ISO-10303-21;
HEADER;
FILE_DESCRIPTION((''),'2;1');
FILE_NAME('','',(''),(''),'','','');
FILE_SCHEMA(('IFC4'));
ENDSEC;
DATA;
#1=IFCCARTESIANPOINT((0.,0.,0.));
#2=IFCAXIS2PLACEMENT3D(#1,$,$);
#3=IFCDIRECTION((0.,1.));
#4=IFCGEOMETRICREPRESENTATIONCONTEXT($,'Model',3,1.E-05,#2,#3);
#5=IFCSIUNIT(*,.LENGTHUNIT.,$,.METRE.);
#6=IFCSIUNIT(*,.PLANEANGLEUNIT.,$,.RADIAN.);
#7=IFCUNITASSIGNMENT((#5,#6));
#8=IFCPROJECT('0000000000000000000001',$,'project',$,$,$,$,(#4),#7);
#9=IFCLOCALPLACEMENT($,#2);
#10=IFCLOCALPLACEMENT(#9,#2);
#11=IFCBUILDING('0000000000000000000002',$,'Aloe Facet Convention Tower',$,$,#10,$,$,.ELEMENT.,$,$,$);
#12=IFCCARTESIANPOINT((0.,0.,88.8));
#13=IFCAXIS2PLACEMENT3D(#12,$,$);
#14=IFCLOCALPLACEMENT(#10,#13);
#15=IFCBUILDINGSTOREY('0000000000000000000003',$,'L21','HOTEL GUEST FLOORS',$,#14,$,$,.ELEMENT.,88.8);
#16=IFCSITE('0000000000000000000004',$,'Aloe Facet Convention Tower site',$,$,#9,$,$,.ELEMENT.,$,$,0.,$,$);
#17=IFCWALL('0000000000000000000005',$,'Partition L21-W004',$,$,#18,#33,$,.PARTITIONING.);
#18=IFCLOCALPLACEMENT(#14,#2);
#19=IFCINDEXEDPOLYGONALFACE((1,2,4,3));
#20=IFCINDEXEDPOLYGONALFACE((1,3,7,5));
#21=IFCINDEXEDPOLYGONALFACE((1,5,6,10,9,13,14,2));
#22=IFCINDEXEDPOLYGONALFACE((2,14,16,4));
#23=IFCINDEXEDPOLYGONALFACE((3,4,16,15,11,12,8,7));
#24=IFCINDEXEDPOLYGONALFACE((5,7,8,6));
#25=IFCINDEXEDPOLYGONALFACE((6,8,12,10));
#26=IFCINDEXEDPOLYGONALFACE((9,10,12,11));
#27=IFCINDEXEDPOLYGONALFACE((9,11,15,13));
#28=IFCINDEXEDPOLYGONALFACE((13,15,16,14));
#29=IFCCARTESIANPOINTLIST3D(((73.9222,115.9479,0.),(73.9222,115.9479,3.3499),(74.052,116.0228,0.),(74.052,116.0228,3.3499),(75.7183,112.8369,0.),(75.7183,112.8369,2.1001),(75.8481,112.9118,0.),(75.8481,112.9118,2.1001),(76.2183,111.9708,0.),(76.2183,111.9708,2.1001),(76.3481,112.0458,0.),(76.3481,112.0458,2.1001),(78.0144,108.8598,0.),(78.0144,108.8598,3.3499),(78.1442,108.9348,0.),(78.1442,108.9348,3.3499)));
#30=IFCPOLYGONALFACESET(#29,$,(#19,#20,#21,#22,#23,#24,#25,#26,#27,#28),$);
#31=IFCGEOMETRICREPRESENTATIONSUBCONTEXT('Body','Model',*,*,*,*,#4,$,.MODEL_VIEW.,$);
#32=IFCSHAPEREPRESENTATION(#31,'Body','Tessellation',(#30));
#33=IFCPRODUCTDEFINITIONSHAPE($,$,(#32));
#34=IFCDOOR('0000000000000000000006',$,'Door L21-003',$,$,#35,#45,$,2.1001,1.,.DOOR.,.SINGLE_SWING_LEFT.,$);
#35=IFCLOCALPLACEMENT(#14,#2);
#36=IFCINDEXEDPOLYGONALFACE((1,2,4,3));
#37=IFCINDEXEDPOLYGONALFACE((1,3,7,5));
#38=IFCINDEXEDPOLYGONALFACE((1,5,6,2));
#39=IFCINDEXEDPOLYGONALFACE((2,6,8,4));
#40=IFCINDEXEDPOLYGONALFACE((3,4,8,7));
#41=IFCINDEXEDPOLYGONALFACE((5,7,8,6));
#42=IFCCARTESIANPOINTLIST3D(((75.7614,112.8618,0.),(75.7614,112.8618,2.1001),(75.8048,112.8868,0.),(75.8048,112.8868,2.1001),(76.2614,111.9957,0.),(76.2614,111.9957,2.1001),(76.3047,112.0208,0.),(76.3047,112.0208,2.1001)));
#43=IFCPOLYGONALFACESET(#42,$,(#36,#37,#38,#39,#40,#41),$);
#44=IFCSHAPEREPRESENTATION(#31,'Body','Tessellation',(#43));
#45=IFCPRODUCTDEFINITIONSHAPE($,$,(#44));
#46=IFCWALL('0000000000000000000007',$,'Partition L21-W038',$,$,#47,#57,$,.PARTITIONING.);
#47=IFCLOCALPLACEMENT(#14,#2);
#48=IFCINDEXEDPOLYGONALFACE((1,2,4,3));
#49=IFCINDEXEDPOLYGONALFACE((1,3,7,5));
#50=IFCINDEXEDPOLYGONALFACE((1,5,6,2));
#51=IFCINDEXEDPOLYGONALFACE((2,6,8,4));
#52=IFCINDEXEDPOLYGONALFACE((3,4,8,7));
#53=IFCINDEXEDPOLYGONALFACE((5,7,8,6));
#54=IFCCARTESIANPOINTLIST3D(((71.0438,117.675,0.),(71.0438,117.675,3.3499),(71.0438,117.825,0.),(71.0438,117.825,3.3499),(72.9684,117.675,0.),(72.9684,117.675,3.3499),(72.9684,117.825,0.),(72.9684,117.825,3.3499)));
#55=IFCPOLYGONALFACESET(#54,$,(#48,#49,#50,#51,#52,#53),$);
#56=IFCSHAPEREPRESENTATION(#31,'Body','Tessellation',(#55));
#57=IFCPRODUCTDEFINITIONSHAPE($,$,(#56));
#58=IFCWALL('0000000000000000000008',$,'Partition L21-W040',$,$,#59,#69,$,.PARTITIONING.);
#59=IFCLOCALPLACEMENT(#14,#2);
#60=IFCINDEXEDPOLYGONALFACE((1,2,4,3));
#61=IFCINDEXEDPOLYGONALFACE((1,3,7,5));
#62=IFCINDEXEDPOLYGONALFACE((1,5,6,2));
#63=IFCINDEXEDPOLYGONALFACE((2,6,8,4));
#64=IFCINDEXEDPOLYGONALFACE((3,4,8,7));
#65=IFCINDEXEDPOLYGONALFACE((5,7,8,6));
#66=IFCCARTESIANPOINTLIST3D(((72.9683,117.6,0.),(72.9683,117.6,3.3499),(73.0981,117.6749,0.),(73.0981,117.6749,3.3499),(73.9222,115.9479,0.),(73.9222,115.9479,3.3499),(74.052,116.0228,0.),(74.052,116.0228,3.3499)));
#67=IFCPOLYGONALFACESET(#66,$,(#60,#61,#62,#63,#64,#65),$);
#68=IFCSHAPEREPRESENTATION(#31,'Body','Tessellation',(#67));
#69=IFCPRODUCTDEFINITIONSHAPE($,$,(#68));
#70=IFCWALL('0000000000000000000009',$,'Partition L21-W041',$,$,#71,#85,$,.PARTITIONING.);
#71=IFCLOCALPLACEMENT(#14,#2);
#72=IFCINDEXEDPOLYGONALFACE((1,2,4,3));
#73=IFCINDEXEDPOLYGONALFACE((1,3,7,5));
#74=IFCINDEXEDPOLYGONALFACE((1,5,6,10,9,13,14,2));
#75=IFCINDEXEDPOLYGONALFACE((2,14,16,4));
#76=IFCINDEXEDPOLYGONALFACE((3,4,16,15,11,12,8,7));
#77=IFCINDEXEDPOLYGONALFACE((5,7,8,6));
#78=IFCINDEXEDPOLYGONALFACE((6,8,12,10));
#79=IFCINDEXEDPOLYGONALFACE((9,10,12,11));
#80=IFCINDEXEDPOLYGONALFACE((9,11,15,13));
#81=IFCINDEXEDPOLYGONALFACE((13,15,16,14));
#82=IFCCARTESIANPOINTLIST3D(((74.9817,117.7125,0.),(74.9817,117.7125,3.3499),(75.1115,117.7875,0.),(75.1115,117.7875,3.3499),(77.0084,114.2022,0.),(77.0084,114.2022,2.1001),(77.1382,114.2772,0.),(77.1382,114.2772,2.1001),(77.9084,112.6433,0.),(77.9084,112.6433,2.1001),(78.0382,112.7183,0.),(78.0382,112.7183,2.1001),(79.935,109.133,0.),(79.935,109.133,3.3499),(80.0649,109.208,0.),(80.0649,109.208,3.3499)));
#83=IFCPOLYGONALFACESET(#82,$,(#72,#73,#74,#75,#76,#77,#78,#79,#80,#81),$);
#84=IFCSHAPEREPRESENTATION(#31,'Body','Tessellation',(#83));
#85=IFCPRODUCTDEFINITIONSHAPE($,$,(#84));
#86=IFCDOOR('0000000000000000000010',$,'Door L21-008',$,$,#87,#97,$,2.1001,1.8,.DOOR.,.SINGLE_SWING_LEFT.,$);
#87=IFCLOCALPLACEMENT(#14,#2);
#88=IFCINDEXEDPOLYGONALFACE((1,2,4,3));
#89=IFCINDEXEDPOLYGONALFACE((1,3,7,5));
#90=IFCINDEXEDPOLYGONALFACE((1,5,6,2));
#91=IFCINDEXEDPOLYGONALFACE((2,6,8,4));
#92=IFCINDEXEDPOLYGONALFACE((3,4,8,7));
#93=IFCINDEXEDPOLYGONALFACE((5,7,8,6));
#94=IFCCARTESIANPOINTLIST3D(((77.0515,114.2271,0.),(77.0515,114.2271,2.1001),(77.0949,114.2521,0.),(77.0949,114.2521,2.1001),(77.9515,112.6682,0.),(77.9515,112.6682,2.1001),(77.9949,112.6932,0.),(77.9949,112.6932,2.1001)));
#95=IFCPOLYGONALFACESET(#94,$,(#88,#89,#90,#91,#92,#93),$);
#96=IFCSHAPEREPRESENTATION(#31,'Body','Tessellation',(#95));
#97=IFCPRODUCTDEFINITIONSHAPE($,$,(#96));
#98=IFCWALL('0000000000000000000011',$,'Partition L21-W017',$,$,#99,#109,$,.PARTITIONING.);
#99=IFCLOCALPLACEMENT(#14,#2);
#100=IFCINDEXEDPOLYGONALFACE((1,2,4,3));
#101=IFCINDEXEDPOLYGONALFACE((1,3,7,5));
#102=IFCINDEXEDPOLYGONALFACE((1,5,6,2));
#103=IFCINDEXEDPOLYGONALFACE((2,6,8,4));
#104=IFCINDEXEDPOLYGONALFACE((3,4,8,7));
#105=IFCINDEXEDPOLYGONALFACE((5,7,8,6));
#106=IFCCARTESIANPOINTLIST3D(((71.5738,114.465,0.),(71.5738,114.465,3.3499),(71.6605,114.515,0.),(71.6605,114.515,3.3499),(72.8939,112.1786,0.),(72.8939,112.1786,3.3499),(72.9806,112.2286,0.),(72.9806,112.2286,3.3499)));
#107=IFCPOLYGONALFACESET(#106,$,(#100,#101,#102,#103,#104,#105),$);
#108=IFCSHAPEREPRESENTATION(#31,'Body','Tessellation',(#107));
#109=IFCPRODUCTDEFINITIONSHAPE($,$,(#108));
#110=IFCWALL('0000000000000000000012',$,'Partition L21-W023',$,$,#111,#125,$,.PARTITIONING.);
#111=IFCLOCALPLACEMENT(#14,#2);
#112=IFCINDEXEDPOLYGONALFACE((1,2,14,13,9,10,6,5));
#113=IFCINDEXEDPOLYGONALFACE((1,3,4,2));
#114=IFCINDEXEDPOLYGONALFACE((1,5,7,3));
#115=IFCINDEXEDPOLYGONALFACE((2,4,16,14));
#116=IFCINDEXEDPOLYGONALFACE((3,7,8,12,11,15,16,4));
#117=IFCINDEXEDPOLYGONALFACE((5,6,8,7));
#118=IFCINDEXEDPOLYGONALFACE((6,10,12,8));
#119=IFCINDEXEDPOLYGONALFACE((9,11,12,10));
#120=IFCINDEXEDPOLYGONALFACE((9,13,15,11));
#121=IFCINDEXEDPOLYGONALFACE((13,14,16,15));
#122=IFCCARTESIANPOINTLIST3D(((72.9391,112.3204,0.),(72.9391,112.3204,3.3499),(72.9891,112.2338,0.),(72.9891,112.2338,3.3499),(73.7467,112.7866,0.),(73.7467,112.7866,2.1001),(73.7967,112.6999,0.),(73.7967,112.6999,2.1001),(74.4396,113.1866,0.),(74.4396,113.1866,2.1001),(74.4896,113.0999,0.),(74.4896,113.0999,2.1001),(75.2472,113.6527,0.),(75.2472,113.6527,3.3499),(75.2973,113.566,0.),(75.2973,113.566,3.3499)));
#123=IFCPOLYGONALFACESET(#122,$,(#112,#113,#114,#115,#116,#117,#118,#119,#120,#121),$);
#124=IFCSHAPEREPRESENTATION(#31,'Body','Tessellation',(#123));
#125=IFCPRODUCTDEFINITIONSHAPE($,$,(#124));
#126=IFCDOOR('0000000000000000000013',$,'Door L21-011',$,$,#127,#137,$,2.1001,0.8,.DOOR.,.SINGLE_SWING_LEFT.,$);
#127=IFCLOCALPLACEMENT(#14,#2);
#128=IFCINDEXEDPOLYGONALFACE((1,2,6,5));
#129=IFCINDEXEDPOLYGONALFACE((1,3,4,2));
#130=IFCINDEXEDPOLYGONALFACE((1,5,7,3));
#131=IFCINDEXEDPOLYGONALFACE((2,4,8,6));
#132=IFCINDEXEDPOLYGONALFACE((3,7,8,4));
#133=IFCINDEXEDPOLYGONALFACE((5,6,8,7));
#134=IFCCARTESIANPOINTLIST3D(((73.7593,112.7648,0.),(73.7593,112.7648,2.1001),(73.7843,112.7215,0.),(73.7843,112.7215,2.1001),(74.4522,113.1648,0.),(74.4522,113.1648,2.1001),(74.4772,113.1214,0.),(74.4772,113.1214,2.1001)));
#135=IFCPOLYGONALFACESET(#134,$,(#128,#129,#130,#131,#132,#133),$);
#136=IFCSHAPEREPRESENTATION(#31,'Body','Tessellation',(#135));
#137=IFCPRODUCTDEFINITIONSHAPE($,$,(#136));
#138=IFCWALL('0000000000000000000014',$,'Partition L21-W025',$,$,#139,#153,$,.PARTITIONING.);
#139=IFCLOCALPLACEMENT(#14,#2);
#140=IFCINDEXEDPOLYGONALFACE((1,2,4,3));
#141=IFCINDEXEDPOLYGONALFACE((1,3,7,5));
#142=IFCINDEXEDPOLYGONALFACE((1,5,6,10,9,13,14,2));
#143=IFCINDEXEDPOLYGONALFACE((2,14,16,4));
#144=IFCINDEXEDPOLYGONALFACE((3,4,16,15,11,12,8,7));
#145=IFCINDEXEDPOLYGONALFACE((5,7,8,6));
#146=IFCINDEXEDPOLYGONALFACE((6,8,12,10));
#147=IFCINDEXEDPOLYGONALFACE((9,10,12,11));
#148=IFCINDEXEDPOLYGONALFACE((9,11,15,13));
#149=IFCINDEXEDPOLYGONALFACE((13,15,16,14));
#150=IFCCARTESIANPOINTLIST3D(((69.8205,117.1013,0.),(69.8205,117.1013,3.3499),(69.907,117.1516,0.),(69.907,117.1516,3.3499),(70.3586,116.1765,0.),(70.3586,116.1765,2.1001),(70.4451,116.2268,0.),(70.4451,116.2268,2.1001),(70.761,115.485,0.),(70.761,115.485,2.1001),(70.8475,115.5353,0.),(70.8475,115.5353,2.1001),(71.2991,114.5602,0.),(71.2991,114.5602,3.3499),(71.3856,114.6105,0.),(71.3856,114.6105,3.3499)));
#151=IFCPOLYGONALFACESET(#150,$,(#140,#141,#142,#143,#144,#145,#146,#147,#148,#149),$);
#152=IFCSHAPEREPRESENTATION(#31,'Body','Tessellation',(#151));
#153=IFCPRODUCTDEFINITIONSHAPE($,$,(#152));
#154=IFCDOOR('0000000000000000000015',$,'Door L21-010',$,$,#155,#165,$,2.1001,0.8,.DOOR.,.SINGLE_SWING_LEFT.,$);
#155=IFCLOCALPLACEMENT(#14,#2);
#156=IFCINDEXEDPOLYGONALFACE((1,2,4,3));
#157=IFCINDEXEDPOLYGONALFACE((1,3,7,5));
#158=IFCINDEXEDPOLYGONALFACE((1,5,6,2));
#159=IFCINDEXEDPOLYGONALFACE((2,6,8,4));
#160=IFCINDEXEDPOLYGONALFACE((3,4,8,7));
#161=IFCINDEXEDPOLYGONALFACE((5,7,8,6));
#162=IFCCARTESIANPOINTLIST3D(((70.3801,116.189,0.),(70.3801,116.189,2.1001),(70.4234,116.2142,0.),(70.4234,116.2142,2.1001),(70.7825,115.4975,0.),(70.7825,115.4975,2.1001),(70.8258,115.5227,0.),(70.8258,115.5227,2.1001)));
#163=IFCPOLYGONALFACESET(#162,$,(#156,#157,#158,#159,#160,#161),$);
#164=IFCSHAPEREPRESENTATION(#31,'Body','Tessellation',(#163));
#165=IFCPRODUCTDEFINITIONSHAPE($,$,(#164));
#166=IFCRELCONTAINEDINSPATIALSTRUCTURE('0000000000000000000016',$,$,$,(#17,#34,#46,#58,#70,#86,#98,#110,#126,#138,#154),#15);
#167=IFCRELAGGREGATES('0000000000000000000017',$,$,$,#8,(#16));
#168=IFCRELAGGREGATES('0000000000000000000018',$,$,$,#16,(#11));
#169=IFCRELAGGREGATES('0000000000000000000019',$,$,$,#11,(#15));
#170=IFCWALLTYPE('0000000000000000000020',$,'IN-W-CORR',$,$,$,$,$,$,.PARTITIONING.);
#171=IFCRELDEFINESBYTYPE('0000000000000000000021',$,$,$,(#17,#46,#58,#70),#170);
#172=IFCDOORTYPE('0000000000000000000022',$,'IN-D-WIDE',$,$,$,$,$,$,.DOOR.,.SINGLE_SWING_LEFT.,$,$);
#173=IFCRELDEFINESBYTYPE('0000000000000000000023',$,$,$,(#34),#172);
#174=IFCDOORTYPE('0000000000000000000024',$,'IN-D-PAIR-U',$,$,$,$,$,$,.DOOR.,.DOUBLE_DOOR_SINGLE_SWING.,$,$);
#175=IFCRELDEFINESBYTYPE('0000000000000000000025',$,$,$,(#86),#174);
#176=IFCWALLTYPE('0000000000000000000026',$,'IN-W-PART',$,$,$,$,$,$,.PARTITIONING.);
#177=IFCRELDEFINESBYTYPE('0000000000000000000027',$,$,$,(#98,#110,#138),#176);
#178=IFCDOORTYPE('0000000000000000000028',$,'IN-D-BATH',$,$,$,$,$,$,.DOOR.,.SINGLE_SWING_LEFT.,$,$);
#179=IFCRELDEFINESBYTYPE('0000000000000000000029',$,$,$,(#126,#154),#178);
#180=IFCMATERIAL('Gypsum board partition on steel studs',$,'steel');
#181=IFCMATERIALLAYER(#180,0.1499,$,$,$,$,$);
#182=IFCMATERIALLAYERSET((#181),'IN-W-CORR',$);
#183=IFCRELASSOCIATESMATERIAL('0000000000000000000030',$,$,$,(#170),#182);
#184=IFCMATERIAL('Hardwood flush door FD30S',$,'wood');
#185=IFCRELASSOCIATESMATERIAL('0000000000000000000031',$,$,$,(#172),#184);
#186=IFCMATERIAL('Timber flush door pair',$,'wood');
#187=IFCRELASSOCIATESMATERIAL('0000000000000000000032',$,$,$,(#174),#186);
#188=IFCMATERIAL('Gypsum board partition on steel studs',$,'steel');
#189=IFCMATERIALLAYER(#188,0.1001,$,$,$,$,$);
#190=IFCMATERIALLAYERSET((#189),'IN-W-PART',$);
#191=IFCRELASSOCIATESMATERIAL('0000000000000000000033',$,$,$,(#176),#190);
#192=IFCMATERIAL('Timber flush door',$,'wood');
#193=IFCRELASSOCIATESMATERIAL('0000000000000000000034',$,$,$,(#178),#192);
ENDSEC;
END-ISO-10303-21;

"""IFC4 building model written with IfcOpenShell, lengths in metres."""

from ifc_helpers import new_model, si_unit, direction, frame, frame_2d, origin, place, context, subcontext, project, spatial, rectangle, extrude, material, layer, layer_set, type_object, element, fill, save


model = new_model("IFC4")

# Units and contexts
model_context = context("Model", 3, precision=1e-05, world=origin(), true_north=direction((0.0, 1.0)))
body_context = subcontext(model_context, "Body", "Model", "MODEL_VIEW")
ifc_project = project(units=[si_unit("LENGTHUNIT", "METRE"), si_unit("PLANEANGLEUNIT", "RADIAN")], contexts=[model_context])

# Site, building, storey
site_placement = place(None, origin())
site = spatial("IfcSite", under=ifc_project, at=site_placement, Name="Aloe Facet Convention Tower site", CompositionType="ELEMENT", RefElevation=0.0)
building_placement = place(site_placement, origin())
building = spatial("IfcBuilding", under=site, at=building_placement, Name="Aloe Facet Convention Tower", CompositionType="ELEMENT")
storey_placement = place(building_placement, frame((0.0, 0.0, 88.8)))
storey = spatial("IfcBuildingStorey", under=building, at=storey_placement, Name="L21", Description="HOTEL GUEST FLOORS", CompositionType="ELEMENT", Elevation=88.8)

# Wall, opening, door
ifc_material_1 = material(Name="Gypsum board partition on steel studs", Category="steel")
ifc_layer_1 = layer(ifc_material_1, 0.1499)
ifc_layer_set_1 = layer_set([ifc_layer_1], Name="IN-W-CORR")
wall_type_1 = type_object("IfcWallType", Name="IN-W-CORR", PredefinedType="PARTITIONING", material=ifc_layer_set_1)
wall_1_placement = place(storey_placement, frame((73.9871, 115.9854, 0.0), z_axis=(0.0, 0.0, 1.0), x_axis=(0.499995, -0.866028, 0.0)))
wall_1 = element("IfcWall", 1, at=wall_1_placement, inside=storey, type_object=wall_type_1, Name="Partition L21-W004", PredefinedType="PARTITIONING", context=body_context, shape_type="SweptSolid", body=[
    extrude(rectangle(XDim=8.1846, YDim=0.1499, at=frame_2d((4.0923, 0.0))), origin(), (0.0, 0.0, 1.0), 3.3499),
])
opening_1_placement = place(wall_1_placement, frame((3.5923, 0.0, 0.0)))
opening_1 = element("IfcOpeningElement", 2, at=opening_1_placement, cuts=wall_1, PredefinedType="OPENING", context=body_context, shape_type="SweptSolid", body=[
    extrude(rectangle(XDim=1.0, YDim=2.1001, at=frame_2d((0.5, 1.05))), frame((0.0, 0.085, 0.0), z_axis=(0.0, -1.0, 0.0), x_axis=(1.0, 0.0, 0.0)), (0.0, 0.0, 1.0), 0.1699),
])
ifc_material_2 = material(Name="Hardwood flush door FD30S", Category="wood")
door_type_1 = type_object("IfcDoorType", Name="IN-D-WIDE", OperationType="SINGLE_SWING_LEFT", PredefinedType="DOOR", material=ifc_material_2)
door_1_placement = place(opening_1_placement, origin())
door_1 = element("IfcDoor", 3, at=door_1_placement, inside=storey, type_object=door_type_1, Name="Door L21-003", OperationType="SINGLE_SWING_LEFT", OverallHeight=2.1001, OverallWidth=1.0, PredefinedType="DOOR", context=body_context, shape_type="SweptSolid", body=[
    extrude(rectangle(XDim=1.0, YDim=2.1001, at=frame_2d((0.5, 1.05))), frame((0.0, 0.0249, 0.0), z_axis=(0.0, -1.0, 0.0), x_axis=(1.0, 0.0, 0.0)), (0.0, 0.0, 1.0), 0.05),
])
fill(opening_1, door_1)

# Walls
wall_2_placement = place(storey_placement, frame((71.0437, 117.75, 0.0), z_axis=(0.0, 0.0, 1.0), x_axis=(1.0, 0.0, 0.0)))
element("IfcWall", 4, at=wall_2_placement, inside=storey, type_object=wall_type_1, Name="Partition L21-W038", PredefinedType="PARTITIONING", context=body_context, shape_type="SweptSolid", body=[
    extrude(rectangle(XDim=1.9246, YDim=0.1499, at=frame_2d((0.9624, 0.0))), origin(), (0.0, 0.0, 1.0), 3.3499),
])
wall_3_placement = place(storey_placement, frame((73.0332, 117.6375, 0.0), z_axis=(0.0, 0.0, 1.0), x_axis=(0.500007, -0.866021, 0.0)))
element("IfcWall", 5, at=wall_3_placement, inside=storey, type_object=wall_type_1, Name="Partition L21-W040", PredefinedType="PARTITIONING", context=body_context, shape_type="SweptSolid", body=[
    extrude(rectangle(XDim=1.9077, YDim=0.1499, at=frame_2d((0.9539, 0.0))), origin(), (0.0, 0.0, 1.0), 3.3499),
])

# Wall, opening, door
wall_4_placement = place(storey_placement, frame((75.0466, 117.75, 0.0), z_axis=(0.0, 0.0, 1.0), x_axis=(0.499996, -0.866028, 0.0)))
wall_4 = element("IfcWall", 6, at=wall_4_placement, inside=storey, type_object=wall_type_1, Name="Partition L21-W041", PredefinedType="PARTITIONING", context=body_context, shape_type="SweptSolid", body=[
    extrude(rectangle(XDim=9.9067, YDim=0.1499, at=frame_2d((4.9534, 0.0))), origin(), (0.0, 0.0, 1.0), 3.3499),
])
opening_2_placement = place(wall_4_placement, frame((4.0535, 0.0, 0.0)))
opening_2 = element("IfcOpeningElement", 7, at=opening_2_placement, cuts=wall_4, PredefinedType="OPENING", context=body_context, shape_type="SweptSolid", body=[
    extrude(rectangle(XDim=1.8, YDim=2.1001, at=frame_2d((0.8999, 1.05))), frame((0.0, 0.085, 0.0), z_axis=(0.0, -1.0, 0.0), x_axis=(1.0, 0.0, 0.0)), (0.0, 0.0, 1.0), 0.1699),
])
ifc_material_3 = material(Name="Timber flush door pair", Category="wood")
door_type_2 = type_object("IfcDoorType", Name="IN-D-PAIR-U", OperationType="DOUBLE_DOOR_SINGLE_SWING", PredefinedType="DOOR", material=ifc_material_3)
door_2_placement = place(opening_2_placement, origin())
door_2 = element("IfcDoor", 8, at=door_2_placement, inside=storey, type_object=door_type_2, Name="Door L21-008", OperationType="SINGLE_SWING_LEFT", OverallHeight=2.1001, OverallWidth=1.8, PredefinedType="DOOR", context=body_context, shape_type="SweptSolid", body=[
    extrude(rectangle(XDim=1.8, YDim=2.1001, at=frame_2d((0.8999, 1.05))), frame((0.0, 0.0249, 0.0), z_axis=(0.0, -1.0, 0.0), x_axis=(1.0, 0.0, 0.0)), (0.0, 0.0, 1.0), 0.05),
])
fill(opening_2, door_2)

# Wall
ifc_material_4 = material(Name="Gypsum board partition on steel studs", Category="steel")
ifc_layer_2 = layer(ifc_material_4, 0.1001)
ifc_layer_set_2 = layer_set([ifc_layer_2], Name="IN-W-PART")
wall_type_2 = type_object("IfcWallType", Name="IN-W-PART", PredefinedType="PARTITIONING", material=ifc_layer_set_2)
wall_5_placement = place(storey_placement, frame((71.6172, 114.49, 0.0), z_axis=(0.0, 0.0, 1.0), x_axis=(0.500008, -0.866021, 0.0)))
element("IfcWall", 9, at=wall_5_placement, inside=storey, type_object=wall_type_2, Name="Partition L21-W017", PredefinedType="PARTITIONING", context=body_context, shape_type="SweptSolid", body=[
    extrude(rectangle(XDim=2.6401, YDim=0.1001, at=frame_2d((1.3201, 0.0))), origin(), (0.0, 0.0, 1.0), 3.3499),
])

# Walls, openings, doors
wall_6_placement = place(storey_placement, frame((72.9641, 112.2771, 0.0), z_axis=(0.0, 0.0, 1.0), x_axis=(0.866076, 0.499913, 0.0)))
wall_6 = element("IfcWall", 10, at=wall_6_placement, inside=storey, type_object=wall_type_2, Name="Partition L21-W023", PredefinedType="PARTITIONING", context=body_context, shape_type="SweptSolid", body=[
    extrude(rectangle(XDim=2.665, YDim=0.1001, at=frame_2d((1.3325, 0.0))), origin(), (0.0, 0.0, 1.0), 3.3499),
])
opening_3_placement = place(wall_6_placement, frame((0.9326, 0.0, 0.0)))
opening_3 = element("IfcOpeningElement", 11, at=opening_3_placement, cuts=wall_6, PredefinedType="OPENING", context=body_context, shape_type="SweptSolid", body=[
    extrude(rectangle(XDim=0.8, YDim=2.1001, at=frame_2d((0.3999, 1.05))), frame((0.0, 0.0601, 0.0), z_axis=(0.0, -1.0, 0.0), x_axis=(1.0, 0.0, 0.0)), (0.0, 0.0, 1.0), 0.1201),
])
ifc_material_5 = material(Name="Timber flush door", Category="wood")
door_type_3 = type_object("IfcDoorType", Name="IN-D-BATH", OperationType="SINGLE_SWING_LEFT", PredefinedType="DOOR", material=ifc_material_5)
door_3_placement = place(opening_3_placement, origin())
door_3 = element("IfcDoor", 12, at=door_3_placement, inside=storey, type_object=door_type_3, Name="Door L21-011", OperationType="SINGLE_SWING_LEFT", OverallHeight=2.1001, OverallWidth=0.8, PredefinedType="DOOR", context=body_context, shape_type="SweptSolid", body=[
    extrude(rectangle(XDim=0.8, YDim=2.1001, at=frame_2d((0.3999, 1.05))), frame((0.0, 0.0249, 0.0), z_axis=(0.0, -1.0, 0.0), x_axis=(1.0, 0.0, 0.0)), (0.0, 0.0, 1.0), 0.05),
])
fill(opening_3, door_3)
wall_7_placement = place(storey_placement, frame((69.8638, 117.1265, 0.0), z_axis=(0.0, 0.0, 1.0), x_axis=(0.502921, -0.864333, 0.0)))
wall_7 = element("IfcWall", 13, at=wall_7_placement, inside=storey, type_object=wall_type_2, Name="Partition L21-W025", PredefinedType="PARTITIONING", context=body_context, shape_type="SweptSolid", body=[
    extrude(rectangle(XDim=2.9399, YDim=0.1001, at=frame_2d((1.47, 0.0))), origin(), (0.0, 0.0, 1.0), 3.3499),
])
opening_4_placement = place(wall_7_placement, frame((1.0701, 0.0, 0.0)))
opening_4 = element("IfcOpeningElement", 14, at=opening_4_placement, cuts=wall_7, PredefinedType="OPENING", context=body_context, shape_type="SweptSolid", body=[
    extrude(rectangle(XDim=0.8, YDim=2.1001, at=frame_2d((0.3999, 1.05))), frame((0.0, 0.0601, 0.0), z_axis=(0.0, -1.0, 0.0), x_axis=(1.0, 0.0, 0.0)), (0.0, 0.0, 1.0), 0.1201),
])
door_4_placement = place(opening_4_placement, origin())
door_4 = element("IfcDoor", 15, at=door_4_placement, inside=storey, type_object=door_type_3, Name="Door L21-010", OperationType="SINGLE_SWING_LEFT", OverallHeight=2.1001, OverallWidth=0.8, PredefinedType="DOOR", context=body_context, shape_type="SweptSolid", body=[
    extrude(rectangle(XDim=0.8, YDim=2.1001, at=frame_2d((0.3999, 1.05))), frame((0.0, 0.0249, 0.0), z_axis=(0.0, -1.0, 0.0), x_axis=(1.0, 0.0, 0.0)), (0.0, 0.0, 1.0), 0.05),
])
fill(opening_4, door_4)

save(model, "model.ifc")
